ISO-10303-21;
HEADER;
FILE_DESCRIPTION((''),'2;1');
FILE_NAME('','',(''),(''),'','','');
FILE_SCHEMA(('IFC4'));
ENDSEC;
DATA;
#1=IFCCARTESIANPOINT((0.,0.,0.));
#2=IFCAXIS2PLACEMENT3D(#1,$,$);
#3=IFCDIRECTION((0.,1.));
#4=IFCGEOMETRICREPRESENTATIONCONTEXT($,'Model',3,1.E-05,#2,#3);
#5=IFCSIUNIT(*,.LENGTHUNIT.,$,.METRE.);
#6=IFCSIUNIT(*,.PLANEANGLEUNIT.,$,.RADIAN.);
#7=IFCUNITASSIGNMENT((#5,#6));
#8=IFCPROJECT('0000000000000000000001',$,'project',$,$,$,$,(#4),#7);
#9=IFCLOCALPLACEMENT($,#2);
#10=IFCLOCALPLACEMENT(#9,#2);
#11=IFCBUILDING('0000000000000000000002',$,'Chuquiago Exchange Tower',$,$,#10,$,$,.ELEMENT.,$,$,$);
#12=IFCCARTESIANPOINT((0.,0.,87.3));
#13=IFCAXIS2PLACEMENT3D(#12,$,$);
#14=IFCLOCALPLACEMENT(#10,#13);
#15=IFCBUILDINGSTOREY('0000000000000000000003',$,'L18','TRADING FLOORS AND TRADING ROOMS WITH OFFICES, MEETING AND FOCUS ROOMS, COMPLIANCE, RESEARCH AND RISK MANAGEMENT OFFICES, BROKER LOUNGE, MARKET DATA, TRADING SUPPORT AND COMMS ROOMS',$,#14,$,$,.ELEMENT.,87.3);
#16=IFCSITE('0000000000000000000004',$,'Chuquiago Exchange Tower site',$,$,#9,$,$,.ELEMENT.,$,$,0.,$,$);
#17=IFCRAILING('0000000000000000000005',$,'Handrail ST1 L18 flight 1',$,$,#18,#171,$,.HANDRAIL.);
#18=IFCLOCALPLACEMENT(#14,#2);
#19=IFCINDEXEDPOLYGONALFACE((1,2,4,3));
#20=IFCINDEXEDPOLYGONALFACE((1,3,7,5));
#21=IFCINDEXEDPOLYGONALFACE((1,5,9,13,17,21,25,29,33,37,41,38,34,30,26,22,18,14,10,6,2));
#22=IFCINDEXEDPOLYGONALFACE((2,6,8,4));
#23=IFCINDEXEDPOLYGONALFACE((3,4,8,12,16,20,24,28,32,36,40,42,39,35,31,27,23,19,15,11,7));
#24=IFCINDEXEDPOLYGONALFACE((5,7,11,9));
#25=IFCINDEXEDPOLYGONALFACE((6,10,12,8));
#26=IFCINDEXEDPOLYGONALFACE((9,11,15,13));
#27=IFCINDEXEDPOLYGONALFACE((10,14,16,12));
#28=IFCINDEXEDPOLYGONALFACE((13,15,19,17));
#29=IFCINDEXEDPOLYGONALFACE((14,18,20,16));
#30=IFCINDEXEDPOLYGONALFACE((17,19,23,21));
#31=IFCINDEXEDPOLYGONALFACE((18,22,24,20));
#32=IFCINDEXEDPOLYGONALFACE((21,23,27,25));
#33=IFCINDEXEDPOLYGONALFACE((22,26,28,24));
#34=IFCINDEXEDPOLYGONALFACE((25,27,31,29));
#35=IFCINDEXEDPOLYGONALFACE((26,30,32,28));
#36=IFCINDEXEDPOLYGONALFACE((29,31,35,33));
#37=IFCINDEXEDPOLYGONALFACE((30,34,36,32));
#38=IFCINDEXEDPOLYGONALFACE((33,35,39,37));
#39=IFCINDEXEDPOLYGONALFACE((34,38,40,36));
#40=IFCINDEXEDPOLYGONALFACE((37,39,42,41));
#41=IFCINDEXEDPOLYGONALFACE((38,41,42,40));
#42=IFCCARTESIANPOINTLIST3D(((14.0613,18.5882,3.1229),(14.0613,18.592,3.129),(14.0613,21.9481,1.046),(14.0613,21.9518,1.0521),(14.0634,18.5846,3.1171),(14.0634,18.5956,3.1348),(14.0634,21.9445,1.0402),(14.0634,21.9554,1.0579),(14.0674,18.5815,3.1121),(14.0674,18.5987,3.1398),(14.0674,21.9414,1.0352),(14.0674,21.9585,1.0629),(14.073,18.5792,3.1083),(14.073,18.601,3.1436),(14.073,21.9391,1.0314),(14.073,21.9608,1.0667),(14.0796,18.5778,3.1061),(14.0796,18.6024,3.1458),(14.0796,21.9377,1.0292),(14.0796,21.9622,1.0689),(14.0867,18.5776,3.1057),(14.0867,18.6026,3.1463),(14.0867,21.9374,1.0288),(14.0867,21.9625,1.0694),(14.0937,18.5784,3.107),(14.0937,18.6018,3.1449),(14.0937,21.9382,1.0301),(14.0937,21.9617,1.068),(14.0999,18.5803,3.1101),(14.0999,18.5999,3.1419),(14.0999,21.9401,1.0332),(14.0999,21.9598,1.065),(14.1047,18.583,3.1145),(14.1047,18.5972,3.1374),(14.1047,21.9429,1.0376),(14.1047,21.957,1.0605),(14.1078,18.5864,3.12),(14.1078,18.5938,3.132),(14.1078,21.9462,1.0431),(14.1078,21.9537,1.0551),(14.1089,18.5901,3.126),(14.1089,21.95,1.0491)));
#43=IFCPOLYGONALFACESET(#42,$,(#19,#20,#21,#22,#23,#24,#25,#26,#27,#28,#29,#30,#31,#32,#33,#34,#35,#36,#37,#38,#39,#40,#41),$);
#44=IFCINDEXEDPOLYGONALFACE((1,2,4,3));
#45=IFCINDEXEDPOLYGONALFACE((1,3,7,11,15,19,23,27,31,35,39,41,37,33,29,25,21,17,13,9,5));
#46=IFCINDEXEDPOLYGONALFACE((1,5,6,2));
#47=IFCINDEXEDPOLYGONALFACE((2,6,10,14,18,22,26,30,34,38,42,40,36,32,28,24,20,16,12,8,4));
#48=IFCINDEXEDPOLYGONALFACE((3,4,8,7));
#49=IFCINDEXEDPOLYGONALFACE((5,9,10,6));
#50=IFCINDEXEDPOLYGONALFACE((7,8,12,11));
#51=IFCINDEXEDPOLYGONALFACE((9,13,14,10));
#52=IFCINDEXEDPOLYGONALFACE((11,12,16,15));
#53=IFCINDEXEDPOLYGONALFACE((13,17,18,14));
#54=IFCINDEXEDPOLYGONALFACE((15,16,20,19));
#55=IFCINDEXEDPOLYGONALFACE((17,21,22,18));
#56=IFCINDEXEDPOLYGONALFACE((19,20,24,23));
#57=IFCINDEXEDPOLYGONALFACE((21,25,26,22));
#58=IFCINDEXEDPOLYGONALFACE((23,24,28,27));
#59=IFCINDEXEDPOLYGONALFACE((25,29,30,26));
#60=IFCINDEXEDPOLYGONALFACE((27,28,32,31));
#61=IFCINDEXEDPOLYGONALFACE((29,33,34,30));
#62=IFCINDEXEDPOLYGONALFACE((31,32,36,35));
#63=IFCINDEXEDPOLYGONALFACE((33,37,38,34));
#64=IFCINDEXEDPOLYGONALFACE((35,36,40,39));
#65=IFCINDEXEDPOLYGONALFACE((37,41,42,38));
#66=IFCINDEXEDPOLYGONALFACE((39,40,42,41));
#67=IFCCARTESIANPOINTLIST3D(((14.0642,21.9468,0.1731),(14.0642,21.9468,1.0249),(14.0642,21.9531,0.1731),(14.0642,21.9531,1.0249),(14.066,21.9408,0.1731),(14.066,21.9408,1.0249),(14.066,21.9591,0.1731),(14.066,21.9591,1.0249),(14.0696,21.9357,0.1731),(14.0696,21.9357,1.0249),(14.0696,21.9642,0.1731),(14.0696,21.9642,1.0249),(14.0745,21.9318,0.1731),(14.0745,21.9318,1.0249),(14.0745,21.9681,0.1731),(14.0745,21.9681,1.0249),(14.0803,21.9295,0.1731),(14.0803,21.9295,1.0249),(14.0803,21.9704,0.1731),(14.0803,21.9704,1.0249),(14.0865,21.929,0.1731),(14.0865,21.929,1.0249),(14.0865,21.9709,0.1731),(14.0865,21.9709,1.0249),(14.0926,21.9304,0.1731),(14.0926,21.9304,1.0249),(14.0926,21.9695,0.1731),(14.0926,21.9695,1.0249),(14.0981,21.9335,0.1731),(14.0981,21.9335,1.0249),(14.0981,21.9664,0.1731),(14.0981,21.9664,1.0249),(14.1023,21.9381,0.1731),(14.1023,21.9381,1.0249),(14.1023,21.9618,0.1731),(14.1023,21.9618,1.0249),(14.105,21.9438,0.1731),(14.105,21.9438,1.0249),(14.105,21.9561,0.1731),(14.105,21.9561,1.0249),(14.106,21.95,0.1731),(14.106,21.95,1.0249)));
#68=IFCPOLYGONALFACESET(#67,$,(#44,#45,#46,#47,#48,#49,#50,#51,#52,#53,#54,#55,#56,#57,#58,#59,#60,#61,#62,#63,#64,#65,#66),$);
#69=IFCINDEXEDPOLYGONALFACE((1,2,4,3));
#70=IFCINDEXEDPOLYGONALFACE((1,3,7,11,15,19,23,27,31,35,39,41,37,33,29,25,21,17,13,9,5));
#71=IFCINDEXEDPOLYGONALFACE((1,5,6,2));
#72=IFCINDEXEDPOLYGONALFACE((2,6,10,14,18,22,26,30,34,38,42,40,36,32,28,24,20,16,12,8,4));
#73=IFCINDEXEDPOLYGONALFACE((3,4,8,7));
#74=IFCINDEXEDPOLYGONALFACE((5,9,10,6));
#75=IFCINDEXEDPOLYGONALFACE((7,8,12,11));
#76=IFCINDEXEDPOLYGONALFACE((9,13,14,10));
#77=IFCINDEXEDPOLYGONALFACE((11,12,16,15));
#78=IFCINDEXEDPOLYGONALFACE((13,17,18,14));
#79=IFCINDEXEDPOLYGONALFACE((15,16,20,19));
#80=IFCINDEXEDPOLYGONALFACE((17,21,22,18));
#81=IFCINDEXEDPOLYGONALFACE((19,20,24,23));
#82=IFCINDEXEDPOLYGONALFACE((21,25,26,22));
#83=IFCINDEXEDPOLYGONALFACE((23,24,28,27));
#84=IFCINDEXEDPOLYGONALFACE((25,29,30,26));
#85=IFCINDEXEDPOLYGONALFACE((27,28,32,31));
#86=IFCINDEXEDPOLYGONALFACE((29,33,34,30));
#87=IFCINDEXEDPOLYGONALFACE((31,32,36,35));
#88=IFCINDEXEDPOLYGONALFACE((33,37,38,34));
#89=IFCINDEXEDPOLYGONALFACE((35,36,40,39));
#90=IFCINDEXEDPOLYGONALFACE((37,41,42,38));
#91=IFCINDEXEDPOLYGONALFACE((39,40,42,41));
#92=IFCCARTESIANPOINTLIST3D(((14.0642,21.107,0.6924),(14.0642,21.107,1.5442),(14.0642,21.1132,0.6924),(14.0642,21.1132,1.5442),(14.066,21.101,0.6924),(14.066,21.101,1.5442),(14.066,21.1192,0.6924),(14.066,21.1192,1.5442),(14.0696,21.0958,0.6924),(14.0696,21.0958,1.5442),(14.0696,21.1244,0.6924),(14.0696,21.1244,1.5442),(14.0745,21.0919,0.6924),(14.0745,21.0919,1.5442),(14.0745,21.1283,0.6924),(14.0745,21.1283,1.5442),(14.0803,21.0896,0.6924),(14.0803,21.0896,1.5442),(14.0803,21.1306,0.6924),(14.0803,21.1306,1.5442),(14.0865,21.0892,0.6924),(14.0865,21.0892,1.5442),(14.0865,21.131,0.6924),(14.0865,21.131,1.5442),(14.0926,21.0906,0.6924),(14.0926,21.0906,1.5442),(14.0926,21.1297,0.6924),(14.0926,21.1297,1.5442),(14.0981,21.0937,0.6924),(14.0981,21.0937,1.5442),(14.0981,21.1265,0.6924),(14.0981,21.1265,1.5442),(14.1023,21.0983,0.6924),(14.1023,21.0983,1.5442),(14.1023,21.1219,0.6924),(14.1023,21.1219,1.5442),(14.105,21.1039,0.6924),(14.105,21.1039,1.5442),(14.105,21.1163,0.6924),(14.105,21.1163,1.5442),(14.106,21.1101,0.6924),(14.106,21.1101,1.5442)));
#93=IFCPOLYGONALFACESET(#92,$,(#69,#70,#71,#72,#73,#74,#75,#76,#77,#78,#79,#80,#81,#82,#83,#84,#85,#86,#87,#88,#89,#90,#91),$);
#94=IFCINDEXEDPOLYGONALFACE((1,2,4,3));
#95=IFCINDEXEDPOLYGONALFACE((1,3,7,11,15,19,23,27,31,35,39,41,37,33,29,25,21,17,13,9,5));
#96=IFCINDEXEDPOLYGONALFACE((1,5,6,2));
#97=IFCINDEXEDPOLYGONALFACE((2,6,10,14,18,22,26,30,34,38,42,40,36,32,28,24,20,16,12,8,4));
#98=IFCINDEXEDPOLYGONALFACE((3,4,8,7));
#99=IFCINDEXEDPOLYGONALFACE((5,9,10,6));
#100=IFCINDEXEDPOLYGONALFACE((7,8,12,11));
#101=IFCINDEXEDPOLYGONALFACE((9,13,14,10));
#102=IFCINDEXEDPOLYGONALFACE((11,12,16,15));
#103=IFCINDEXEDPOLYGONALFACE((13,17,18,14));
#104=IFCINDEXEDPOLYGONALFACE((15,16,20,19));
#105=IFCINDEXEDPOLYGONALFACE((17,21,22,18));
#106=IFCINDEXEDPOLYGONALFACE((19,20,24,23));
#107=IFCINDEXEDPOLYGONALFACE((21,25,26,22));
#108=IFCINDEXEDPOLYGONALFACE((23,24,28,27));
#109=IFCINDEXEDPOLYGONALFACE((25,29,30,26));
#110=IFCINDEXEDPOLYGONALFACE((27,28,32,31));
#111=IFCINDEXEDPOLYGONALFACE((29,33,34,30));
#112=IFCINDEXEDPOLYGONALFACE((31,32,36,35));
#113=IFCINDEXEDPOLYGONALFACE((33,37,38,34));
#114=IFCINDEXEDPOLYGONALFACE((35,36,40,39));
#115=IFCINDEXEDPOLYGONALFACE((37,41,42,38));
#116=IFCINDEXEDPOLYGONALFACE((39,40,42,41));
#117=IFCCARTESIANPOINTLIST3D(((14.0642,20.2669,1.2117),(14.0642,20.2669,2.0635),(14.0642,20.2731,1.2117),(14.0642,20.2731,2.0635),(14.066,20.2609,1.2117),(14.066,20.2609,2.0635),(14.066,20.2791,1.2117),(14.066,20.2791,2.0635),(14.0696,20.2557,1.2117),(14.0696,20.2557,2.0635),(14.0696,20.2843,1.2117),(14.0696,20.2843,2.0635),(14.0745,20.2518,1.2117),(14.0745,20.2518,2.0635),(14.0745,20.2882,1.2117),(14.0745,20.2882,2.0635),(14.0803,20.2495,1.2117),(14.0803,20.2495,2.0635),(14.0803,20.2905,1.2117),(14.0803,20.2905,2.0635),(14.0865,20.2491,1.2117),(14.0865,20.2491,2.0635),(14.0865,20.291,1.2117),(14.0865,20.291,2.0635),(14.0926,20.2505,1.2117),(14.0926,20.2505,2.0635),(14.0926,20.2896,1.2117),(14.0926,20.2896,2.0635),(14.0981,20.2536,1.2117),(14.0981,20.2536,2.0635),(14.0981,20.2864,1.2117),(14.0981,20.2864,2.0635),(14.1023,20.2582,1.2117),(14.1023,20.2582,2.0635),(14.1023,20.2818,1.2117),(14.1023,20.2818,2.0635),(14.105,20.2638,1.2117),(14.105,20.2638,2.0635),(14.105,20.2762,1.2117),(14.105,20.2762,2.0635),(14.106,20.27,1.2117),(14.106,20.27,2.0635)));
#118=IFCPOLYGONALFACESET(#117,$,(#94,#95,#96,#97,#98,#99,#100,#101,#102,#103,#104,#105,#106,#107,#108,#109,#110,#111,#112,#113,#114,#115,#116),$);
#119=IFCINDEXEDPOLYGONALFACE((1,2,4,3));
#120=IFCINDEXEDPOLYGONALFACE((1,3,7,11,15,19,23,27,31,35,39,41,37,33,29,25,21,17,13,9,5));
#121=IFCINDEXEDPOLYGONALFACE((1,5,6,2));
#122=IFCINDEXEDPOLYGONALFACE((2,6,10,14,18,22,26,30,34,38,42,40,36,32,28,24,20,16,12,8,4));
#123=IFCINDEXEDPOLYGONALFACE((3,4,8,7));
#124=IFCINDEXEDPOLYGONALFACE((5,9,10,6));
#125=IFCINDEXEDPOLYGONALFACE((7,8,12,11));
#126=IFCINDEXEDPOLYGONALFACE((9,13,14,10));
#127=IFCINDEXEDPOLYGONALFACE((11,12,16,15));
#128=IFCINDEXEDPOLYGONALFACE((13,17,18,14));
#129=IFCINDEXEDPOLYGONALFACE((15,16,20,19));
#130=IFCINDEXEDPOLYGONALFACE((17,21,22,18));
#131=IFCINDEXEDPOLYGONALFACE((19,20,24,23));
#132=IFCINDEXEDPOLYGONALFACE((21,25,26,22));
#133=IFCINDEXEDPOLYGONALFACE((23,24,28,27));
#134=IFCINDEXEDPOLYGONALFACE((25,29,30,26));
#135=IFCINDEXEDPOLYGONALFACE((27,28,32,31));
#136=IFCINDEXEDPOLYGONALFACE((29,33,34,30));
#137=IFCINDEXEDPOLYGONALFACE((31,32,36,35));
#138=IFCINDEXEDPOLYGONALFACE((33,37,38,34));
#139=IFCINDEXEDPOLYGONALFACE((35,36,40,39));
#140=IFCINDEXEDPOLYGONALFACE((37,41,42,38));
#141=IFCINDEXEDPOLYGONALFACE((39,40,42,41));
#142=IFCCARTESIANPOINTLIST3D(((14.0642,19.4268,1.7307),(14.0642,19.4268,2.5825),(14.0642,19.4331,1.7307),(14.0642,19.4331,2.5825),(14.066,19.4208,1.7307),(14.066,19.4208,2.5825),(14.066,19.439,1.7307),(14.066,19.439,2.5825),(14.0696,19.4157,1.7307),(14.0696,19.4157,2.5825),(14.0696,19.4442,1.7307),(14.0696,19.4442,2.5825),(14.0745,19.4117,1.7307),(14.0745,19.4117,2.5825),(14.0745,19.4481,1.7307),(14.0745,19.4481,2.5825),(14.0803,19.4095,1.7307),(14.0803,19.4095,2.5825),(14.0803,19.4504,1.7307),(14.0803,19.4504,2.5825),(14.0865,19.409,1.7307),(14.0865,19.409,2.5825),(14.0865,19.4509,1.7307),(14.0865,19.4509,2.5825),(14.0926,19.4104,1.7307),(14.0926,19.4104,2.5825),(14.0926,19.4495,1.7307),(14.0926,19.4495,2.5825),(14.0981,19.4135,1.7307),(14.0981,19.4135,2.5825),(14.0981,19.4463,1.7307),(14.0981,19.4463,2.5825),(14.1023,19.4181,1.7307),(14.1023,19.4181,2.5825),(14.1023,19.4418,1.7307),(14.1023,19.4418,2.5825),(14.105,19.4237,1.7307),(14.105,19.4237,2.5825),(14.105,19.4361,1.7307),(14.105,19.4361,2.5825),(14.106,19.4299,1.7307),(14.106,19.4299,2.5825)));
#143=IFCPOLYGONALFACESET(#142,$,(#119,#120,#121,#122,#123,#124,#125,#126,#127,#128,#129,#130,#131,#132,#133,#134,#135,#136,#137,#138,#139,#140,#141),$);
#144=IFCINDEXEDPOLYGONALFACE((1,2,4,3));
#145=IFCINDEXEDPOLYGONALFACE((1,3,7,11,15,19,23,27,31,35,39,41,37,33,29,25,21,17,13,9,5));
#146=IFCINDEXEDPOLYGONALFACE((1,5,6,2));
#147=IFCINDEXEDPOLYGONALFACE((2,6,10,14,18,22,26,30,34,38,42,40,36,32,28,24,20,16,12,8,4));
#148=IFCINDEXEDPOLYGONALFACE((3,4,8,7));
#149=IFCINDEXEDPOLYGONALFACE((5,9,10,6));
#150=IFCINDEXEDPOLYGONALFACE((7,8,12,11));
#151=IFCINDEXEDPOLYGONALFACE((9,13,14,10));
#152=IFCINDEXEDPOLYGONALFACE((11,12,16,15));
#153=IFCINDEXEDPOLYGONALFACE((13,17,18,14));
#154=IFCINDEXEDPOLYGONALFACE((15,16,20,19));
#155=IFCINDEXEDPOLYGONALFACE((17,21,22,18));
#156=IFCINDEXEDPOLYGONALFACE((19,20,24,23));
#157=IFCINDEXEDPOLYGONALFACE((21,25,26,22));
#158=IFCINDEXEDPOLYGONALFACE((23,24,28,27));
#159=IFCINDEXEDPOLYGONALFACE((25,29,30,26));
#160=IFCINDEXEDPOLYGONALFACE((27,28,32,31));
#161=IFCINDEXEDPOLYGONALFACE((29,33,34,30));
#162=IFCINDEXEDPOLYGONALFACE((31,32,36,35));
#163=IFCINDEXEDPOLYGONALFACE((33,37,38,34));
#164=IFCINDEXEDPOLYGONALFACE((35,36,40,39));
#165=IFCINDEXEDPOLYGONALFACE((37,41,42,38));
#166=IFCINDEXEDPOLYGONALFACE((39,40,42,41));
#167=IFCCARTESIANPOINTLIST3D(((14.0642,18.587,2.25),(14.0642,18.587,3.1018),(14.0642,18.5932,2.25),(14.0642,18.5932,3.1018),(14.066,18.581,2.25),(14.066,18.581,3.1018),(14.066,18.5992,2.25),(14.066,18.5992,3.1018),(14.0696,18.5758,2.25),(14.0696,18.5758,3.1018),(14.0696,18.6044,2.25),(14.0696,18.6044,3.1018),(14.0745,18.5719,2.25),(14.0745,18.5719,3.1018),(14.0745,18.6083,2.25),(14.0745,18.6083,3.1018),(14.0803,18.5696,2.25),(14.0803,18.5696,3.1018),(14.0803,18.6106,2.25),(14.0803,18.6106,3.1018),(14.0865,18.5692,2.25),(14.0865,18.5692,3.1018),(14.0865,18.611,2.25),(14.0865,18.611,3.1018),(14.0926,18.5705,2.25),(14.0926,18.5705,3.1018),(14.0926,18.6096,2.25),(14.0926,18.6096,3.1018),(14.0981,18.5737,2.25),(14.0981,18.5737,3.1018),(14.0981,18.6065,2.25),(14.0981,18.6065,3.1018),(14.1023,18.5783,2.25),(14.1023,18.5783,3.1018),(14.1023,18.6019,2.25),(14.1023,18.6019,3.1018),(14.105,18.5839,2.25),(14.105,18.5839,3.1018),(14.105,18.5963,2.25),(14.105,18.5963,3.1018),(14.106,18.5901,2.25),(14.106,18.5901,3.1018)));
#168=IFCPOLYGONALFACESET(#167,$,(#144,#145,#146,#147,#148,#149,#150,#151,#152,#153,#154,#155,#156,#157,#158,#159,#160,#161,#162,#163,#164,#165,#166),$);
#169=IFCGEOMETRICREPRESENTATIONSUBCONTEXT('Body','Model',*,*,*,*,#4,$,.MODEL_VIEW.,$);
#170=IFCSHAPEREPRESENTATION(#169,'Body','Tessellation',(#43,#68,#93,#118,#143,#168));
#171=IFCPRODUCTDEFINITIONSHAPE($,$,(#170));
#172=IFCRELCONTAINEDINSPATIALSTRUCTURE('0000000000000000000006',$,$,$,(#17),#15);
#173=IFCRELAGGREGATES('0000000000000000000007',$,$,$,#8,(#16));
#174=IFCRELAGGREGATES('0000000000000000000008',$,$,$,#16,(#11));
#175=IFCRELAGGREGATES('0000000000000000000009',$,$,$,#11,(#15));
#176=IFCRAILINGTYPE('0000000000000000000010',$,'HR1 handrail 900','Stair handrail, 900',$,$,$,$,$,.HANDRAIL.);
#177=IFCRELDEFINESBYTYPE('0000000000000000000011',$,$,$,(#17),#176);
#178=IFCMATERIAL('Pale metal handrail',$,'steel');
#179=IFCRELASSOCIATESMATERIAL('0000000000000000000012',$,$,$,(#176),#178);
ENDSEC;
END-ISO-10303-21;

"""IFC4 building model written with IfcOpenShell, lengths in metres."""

from ifc_helpers import new_model, si_unit, direction, frame, origin, origin_2d, place, context, subcontext, project, spatial, circle, extrude, material, type_object, element, save


model = new_model("IFC4")

# Units and contexts
model_context = context("Model", 3, precision=1e-05, world=origin(), true_north=direction((0.0, 1.0)))
body_context = subcontext(model_context, "Body", "Model", "MODEL_VIEW")
ifc_project = project(units=[si_unit("LENGTHUNIT", "METRE"), si_unit("PLANEANGLEUNIT", "RADIAN")], contexts=[model_context])

# Site, building, storey
site_placement = place(None, origin())
site = spatial("IfcSite", under=ifc_project, at=site_placement, Name="Chuquiago Exchange Tower site", CompositionType="ELEMENT", RefElevation=0.0)
building_placement = place(site_placement, origin())
building = spatial("IfcBuilding", under=site, at=building_placement, Name="Chuquiago Exchange Tower", CompositionType="ELEMENT")
storey_placement = place(building_placement, frame((0.0, 0.0, 87.3)))
storey = spatial("IfcBuildingStorey", under=building, at=storey_placement, Name="L18", Description="TRADING FLOORS AND TRADING ROOMS WITH OFFICES, MEETING AND FOCUS ROOMS, COMPLIANCE, RESEARCH AND RISK MANAGEMENT OFFICES, BROKER LOUNGE, MARKET DATA, TRADING SUPPORT AND COMMS ROOMS", CompositionType="ELEMENT", Elevation=87.3)

# Railing
ifc_material_1 = material(Name="Pale metal handrail", Category="steel")
railing_type = type_object("IfcRailingType", Name="HR1 handrail 900", Description="Stair handrail, 900", PredefinedType="HANDRAIL", material=ifc_material_1)
railing_placement = place(storey_placement, frame((14.085, 21.95, 0.1731)))
element("IfcRailing", 1, at=railing_placement, inside=storey, type_object=railing_type, Name="Handrail ST1 L18 flight 1", PredefinedType="HANDRAIL", context=body_context, shape_type="SweptSolid", body=[
    extrude(circle(Radius=0.0239, at=origin_2d()), frame((0.0, 0.0, 0.876), z_axis=(0.0, -0.850606, 0.525803), x_axis=(1.0, 0.0, 0.0)), (0.0, 0.0, 1.0), 3.95),
    extrude(circle(Radius=0.021, at=origin_2d()), origin(), (0.0, 0.0, 1.0), 0.8518),
    extrude(circle(Radius=0.021, at=origin_2d()), frame((0.0, -0.8398, 0.5193)), (0.0, 0.0, 1.0), 0.8518),
    extrude(circle(Radius=0.021, at=origin_2d()), frame((0.0, -1.6799, 1.0386)), (0.0, 0.0, 1.0), 0.8518),
    extrude(circle(Radius=0.021, at=origin_2d()), frame((0.0, -2.52, 1.5576)), (0.0, 0.0, 1.0), 0.8518),
    extrude(circle(Radius=0.021, at=origin_2d()), frame((0.0, -3.3599, 2.0769)), (0.0, 0.0, 1.0), 0.8518),
])

save(model, "model.ifc")
